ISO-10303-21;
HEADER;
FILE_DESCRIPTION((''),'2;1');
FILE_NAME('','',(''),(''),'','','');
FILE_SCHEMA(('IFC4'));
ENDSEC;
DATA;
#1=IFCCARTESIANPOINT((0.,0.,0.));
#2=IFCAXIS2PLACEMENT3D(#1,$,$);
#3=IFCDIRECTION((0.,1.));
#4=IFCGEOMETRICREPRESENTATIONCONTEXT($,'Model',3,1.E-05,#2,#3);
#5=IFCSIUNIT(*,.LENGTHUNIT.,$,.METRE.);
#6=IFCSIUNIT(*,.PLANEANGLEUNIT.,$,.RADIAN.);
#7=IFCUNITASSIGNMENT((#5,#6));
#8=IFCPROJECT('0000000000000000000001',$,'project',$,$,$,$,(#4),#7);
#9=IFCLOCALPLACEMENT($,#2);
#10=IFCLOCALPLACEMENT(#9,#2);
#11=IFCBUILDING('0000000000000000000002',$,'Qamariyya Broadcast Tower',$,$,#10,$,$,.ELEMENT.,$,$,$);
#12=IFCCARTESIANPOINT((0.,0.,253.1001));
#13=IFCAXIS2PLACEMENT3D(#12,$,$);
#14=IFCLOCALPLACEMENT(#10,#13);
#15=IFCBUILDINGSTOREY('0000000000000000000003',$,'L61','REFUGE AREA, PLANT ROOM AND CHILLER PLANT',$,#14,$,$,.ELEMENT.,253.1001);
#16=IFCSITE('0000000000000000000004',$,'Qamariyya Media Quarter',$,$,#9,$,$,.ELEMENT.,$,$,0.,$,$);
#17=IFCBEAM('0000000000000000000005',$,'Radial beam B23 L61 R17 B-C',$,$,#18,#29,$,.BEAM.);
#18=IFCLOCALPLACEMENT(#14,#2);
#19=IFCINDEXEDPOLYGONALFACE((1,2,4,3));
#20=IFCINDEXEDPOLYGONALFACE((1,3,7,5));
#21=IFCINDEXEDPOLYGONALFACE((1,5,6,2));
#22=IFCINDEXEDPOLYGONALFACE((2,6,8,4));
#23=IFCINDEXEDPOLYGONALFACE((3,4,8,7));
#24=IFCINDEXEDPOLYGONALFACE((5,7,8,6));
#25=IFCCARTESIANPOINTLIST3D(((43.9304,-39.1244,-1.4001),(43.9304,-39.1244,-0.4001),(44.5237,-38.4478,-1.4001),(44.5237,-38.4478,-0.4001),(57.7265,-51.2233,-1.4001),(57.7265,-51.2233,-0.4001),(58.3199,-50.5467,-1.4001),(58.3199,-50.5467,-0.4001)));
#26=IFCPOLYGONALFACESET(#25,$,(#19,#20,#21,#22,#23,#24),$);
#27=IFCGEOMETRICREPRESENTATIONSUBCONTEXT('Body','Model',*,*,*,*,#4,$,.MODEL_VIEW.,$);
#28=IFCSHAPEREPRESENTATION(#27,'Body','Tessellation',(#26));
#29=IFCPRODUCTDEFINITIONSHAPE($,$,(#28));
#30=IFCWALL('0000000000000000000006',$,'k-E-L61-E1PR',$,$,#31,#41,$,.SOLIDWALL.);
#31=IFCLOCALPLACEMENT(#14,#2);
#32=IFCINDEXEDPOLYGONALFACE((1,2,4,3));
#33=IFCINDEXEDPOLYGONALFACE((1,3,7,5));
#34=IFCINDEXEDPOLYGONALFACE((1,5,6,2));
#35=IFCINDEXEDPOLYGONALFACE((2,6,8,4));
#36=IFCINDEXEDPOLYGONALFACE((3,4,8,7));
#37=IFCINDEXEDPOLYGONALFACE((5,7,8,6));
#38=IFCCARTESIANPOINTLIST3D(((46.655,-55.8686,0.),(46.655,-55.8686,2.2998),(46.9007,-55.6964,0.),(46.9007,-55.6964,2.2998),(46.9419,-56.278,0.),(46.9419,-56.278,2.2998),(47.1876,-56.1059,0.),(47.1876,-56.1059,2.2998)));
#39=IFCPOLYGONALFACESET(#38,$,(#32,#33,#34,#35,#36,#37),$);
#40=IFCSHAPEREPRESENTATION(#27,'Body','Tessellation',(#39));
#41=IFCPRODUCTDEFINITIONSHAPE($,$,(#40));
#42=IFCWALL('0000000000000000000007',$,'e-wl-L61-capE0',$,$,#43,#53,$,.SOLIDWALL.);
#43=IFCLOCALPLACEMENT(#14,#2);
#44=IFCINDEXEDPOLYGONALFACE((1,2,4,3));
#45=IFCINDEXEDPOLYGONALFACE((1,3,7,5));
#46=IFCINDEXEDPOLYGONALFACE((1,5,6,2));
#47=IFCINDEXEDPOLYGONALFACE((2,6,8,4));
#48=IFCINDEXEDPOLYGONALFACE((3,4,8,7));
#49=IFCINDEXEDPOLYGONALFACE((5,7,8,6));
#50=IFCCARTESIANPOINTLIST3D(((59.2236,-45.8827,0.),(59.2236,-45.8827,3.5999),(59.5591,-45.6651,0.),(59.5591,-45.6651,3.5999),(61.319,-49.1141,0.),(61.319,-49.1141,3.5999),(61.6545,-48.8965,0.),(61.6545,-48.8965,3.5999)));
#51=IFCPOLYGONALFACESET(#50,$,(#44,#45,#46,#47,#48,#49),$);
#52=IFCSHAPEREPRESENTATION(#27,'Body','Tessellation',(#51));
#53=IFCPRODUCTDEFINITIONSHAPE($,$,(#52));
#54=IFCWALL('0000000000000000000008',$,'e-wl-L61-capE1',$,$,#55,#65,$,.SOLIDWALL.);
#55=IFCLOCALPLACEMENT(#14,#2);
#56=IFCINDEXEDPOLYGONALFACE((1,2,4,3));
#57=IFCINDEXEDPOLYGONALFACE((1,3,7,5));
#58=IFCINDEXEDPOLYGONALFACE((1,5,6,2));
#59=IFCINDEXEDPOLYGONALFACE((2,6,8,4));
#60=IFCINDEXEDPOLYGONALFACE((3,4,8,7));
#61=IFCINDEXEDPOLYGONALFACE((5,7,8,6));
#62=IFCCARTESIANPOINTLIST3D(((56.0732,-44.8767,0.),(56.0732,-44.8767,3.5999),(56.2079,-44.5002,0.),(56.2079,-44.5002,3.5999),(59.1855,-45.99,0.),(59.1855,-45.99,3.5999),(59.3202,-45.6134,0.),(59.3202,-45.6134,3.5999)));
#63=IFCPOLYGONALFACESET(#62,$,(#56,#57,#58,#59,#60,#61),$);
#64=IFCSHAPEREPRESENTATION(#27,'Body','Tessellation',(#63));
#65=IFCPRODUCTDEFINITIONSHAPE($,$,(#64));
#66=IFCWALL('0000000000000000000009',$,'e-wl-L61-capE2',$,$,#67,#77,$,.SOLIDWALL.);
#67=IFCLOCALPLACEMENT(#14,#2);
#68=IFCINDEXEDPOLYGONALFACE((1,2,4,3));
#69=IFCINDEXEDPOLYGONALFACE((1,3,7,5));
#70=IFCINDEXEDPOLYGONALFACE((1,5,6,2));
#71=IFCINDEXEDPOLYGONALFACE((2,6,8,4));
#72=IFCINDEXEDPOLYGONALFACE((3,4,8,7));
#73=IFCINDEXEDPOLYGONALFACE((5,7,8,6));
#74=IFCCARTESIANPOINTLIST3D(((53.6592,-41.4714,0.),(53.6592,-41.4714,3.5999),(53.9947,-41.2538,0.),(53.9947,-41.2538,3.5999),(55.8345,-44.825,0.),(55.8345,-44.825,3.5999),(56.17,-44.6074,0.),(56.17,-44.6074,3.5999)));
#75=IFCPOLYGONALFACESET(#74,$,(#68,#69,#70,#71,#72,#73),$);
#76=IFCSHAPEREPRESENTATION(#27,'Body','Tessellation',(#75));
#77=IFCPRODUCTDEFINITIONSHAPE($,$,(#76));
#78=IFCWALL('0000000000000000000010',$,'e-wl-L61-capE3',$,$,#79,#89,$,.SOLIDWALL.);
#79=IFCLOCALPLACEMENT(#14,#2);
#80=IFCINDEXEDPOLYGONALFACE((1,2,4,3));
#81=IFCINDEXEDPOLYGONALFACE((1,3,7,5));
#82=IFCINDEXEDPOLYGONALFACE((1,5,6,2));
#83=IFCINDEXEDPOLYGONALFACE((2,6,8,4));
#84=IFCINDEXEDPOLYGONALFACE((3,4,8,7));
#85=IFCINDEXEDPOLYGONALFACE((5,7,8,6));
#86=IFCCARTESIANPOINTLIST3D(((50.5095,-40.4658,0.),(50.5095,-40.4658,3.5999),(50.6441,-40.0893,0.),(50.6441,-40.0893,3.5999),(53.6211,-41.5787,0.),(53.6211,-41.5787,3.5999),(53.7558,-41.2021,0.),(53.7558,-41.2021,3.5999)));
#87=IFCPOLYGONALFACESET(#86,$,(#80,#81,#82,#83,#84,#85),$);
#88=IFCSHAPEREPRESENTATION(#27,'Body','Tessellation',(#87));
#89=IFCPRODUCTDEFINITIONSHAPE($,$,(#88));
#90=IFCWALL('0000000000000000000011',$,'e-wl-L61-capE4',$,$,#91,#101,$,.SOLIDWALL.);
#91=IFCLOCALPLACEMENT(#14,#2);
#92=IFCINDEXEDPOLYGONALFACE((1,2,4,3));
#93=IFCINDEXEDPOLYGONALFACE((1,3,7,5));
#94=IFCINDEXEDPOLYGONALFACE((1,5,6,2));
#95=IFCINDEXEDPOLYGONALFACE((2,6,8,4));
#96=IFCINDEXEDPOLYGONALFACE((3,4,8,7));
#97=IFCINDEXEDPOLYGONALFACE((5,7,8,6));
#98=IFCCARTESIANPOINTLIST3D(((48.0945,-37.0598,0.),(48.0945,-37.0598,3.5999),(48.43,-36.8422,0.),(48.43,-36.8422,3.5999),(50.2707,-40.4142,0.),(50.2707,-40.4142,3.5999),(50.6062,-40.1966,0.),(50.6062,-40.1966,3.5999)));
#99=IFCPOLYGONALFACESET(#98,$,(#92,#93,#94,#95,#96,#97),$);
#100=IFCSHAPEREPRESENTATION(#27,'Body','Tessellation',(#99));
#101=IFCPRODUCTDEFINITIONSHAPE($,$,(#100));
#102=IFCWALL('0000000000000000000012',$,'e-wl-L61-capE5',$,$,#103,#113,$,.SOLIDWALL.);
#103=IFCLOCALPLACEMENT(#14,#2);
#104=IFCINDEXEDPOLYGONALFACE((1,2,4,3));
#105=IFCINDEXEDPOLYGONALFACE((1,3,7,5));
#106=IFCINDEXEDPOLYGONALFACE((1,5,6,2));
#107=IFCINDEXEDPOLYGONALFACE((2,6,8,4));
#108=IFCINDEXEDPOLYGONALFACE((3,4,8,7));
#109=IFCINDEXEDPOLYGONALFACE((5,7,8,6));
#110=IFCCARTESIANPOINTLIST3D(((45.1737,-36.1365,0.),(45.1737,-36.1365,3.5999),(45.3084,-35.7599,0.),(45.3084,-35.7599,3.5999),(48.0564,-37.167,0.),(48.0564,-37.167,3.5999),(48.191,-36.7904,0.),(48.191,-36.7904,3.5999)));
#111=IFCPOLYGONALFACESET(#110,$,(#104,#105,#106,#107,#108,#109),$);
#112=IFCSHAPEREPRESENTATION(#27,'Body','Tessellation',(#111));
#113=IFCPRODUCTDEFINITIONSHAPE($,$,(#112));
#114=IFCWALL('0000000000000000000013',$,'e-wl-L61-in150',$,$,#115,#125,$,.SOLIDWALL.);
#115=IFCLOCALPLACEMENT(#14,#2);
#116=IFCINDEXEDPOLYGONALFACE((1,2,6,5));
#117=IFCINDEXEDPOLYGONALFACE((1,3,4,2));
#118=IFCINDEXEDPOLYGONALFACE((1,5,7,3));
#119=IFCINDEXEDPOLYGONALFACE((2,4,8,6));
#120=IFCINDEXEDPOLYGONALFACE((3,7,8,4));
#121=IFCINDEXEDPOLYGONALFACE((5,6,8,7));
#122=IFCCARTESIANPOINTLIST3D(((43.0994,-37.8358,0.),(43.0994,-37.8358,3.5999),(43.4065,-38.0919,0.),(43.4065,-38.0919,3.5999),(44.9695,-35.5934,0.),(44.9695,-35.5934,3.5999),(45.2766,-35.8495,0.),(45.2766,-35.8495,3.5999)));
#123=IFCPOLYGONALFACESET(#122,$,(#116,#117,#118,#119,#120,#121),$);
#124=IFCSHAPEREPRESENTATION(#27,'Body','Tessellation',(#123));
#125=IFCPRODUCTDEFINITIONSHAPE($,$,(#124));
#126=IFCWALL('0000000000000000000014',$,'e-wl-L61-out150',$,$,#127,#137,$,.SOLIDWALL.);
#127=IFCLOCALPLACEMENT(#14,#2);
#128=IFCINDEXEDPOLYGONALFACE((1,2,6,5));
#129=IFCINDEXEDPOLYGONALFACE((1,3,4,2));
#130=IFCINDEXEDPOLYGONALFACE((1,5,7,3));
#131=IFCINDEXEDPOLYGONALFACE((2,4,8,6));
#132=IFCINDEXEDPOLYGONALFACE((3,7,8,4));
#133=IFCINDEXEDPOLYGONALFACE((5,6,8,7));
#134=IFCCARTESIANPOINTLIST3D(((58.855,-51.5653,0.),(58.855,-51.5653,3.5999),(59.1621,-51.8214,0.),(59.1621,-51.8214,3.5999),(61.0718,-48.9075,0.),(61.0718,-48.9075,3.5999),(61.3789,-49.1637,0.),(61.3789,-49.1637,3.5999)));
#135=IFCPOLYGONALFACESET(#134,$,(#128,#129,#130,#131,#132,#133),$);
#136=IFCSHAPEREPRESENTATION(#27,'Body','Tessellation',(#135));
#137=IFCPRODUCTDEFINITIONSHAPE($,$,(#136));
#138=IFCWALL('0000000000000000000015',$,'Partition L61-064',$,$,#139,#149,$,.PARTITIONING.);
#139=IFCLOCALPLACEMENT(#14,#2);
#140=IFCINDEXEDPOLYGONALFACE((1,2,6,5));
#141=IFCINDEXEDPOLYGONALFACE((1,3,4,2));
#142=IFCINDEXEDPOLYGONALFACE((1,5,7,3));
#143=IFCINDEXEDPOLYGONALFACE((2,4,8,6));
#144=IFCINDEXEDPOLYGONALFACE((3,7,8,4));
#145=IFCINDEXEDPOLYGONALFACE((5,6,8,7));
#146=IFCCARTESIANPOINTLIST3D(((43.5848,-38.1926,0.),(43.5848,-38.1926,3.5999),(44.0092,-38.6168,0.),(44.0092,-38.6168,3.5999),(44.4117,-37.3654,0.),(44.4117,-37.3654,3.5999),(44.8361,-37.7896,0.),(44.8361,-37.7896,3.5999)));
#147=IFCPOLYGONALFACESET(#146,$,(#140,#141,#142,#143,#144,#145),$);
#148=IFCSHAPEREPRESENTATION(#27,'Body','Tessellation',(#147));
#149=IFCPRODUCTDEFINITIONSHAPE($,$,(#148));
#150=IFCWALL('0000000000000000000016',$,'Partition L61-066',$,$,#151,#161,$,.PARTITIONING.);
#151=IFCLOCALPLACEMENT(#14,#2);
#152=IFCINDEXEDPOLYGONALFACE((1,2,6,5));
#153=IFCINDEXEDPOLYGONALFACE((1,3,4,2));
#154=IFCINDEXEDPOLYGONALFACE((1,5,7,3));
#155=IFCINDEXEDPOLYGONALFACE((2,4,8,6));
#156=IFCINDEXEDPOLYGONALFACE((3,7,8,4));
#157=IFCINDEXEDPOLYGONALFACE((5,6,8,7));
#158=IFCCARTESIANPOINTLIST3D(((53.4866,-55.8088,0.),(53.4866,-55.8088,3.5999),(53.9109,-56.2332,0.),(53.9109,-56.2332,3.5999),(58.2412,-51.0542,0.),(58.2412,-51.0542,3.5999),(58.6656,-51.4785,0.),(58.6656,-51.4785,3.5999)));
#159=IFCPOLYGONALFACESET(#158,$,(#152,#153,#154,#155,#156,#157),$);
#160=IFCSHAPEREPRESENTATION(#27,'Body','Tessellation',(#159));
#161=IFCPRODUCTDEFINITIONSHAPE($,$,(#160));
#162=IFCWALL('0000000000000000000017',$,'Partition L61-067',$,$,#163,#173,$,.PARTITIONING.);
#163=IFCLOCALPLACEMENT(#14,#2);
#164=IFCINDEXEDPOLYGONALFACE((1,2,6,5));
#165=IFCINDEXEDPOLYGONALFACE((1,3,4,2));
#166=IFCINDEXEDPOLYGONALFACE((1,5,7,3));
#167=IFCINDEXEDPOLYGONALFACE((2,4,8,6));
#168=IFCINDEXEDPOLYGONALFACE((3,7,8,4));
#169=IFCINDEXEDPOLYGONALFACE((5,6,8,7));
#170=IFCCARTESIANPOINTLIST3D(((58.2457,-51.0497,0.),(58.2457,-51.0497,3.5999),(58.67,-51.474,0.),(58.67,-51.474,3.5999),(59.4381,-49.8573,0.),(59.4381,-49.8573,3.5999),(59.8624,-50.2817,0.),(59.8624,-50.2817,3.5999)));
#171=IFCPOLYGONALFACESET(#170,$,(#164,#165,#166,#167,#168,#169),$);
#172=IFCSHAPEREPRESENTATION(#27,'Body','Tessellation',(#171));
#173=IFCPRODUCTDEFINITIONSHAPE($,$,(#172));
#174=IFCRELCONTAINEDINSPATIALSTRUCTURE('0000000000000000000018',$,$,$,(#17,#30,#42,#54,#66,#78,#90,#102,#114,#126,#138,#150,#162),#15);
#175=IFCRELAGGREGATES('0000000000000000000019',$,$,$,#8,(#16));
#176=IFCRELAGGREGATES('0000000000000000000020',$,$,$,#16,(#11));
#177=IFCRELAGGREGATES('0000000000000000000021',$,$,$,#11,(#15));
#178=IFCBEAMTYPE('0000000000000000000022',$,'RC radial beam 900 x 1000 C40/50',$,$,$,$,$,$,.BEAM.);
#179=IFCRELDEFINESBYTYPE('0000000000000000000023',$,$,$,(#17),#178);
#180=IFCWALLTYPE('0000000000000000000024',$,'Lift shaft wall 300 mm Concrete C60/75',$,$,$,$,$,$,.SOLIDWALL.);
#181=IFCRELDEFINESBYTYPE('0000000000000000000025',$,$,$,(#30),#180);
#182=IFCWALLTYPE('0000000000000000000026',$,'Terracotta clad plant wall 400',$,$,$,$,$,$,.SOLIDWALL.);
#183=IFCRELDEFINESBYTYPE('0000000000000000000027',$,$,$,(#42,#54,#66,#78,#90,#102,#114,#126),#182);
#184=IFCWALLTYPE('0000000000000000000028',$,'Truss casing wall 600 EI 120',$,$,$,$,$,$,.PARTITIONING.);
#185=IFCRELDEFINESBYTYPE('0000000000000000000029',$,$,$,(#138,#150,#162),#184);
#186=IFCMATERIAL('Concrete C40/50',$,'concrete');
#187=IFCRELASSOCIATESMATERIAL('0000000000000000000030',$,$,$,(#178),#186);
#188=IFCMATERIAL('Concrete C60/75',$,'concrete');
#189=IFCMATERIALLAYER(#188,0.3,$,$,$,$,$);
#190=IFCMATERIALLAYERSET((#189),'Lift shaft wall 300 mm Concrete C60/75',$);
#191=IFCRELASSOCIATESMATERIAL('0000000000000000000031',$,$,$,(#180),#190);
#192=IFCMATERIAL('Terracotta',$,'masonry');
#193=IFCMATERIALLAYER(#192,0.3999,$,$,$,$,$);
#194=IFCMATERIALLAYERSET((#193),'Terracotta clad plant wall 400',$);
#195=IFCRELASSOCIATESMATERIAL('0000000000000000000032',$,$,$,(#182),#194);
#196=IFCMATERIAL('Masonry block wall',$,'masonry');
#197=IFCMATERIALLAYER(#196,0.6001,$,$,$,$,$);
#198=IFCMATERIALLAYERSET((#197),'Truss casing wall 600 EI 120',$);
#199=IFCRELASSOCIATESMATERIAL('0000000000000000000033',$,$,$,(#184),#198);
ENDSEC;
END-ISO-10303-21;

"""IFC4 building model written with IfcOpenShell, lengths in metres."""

from ifc_helpers import new_model, si_unit, direction, frame, frame_2d, origin, origin_2d, place, context, subcontext, project, spatial, rectangle, extrude, material, layer, layer_set, material_profile, profile_set, type_object, element, save


model = new_model("IFC4")

# Units and contexts
model_context = context("Model", 3, precision=1e-05, world=origin(), true_north=direction((0.0, 1.0)))
body_context = subcontext(model_context, "Body", "Model", "MODEL_VIEW")
ifc_project = project(units=[si_unit("LENGTHUNIT", "METRE"), si_unit("PLANEANGLEUNIT", "RADIAN")], contexts=[model_context])

# Site, building, storey
site_placement = place(None, origin())
site = spatial("IfcSite", under=ifc_project, at=site_placement, Name="Qamariyya Media Quarter", CompositionType="ELEMENT", RefElevation=0.0)
building_placement = place(site_placement, origin())
building = spatial("IfcBuilding", under=site, at=building_placement, Name="Qamariyya Broadcast Tower", CompositionType="ELEMENT")
storey_placement = place(building_placement, frame((0.0, 0.0, 253.1001)))
storey = spatial("IfcBuildingStorey", under=building, at=storey_placement, Name="L61", Description="REFUGE AREA, PLANT ROOM AND CHILLER PLANT", CompositionType="ELEMENT", Elevation=253.1001)

# Shared definitions
ifc_material_1 = material(Name="Concrete C60/75", Category="concrete")

# Beam
ifc_material_2 = material(Name="Concrete C40/50", Category="concrete")
ifc_material_profile_1 = material_profile(ifc_material_2, rectangle(XDim=0.8999, YDim=1.0, at=origin_2d()))
ifc_profile_set_1 = profile_set([ifc_material_profile_1], Name="Concrete C40/50")
beam_type_1 = type_object("IfcBeamType", Name="RC radial beam 900 x 1000 C40/50", PredefinedType="BEAM", material=ifc_profile_set_1)
beam_1_placement = place(storey_placement, frame((44.2271, -38.7861, -0.9001), z_axis=(0.75184, -0.659345, 0.0), x_axis=(0.659345, 0.75184, 0.0)))
element("IfcBeam", 1, at=beam_1_placement, inside=storey, type_object=beam_type_1, Name="Radial beam B23 L61 R17 B-C", PredefinedType="BEAM", context=body_context, shape_type="SweptSolid", body=[
    extrude(rectangle(XDim=0.8999, YDim=1.0, at=origin_2d()), origin(), (0.0, 0.0, 1.0), 18.3499),
])

# Walls
ifc_layer_1 = layer(ifc_material_1, 0.3)
ifc_layer_set_1 = layer_set([ifc_layer_1], Name="Lift shaft wall 300 mm Concrete C60/75")
wall_type_1 = type_object("IfcWallType", Name="Lift shaft wall 300 mm Concrete C60/75", PredefinedType="SOLIDWALL", material=ifc_layer_set_1)
wall_1_placement = place(storey_placement, frame((46.7778, -55.7825, 0.0), z_axis=(0.0, 0.0, 1.0), x_axis=(0.573823, -0.818979, 0.0)))
element("IfcWall", 2, at=wall_1_placement, inside=storey, type_object=wall_type_1, Name="k-E-L61-E1PR", PredefinedType="SOLIDWALL", context=body_context, shape_type="SweptSolid", body=[
    extrude(rectangle(XDim=0.5, YDim=0.3, at=frame_2d((0.25, 0.0))), origin(), (0.0, 0.0, 1.0), 2.2998),
])
ifc_material_3 = material(Name="Terracotta", Category="masonry")
ifc_layer_2 = layer(ifc_material_3, 0.3999)
ifc_layer_set_2 = layer_set([ifc_layer_2], Name="Terracotta clad plant wall 400")
wall_type_2 = type_object("IfcWallType", Name="Terracotta clad plant wall 400", PredefinedType="SOLIDWALL", material=ifc_layer_set_2)
wall_2_placement = place(storey_placement, frame((61.4868, -49.0054, 0.0), z_axis=(0.0, 0.0, 1.0), x_axis=(-0.544079, 0.839034, 0.0)))
element("IfcWall", 3, at=wall_2_placement, inside=storey, type_object=wall_type_2, Name="e-wl-L61-capE0", PredefinedType="SOLIDWALL", context=body_context, shape_type="SweptSolid", body=[
    extrude(rectangle(XDim=3.8513, YDim=0.3999, at=frame_2d((1.9258, 0.0))), origin(), (0.0, 0.0, 1.0), 3.5999),
])
wall_3_placement = place(storey_placement, frame((59.2529, -45.8018, 0.0), z_axis=(0.0, 0.0, 1.0), x_axis=(-0.941575, 0.336804, 0.0)))
element("IfcWall", 4, at=wall_3_placement, inside=storey, type_object=wall_type_2, Name="e-wl-L61-capE1", PredefinedType="SOLIDWALL", context=body_context, shape_type="SweptSolid", body=[
    extrude(rectangle(XDim=3.3054, YDim=0.3999, at=frame_2d((1.6528, 0.0))), origin(), (0.0, 0.0, 1.0), 3.5999),
])
wall_4_placement = place(storey_placement, frame((56.0022, -44.7161, 0.0), z_axis=(0.0, 0.0, 1.0), x_axis=(-0.544198, 0.838957, 0.0)))
element("IfcWall", 5, at=wall_4_placement, inside=storey, type_object=wall_type_2, Name="e-wl-L61-capE2", PredefinedType="SOLIDWALL", context=body_context, shape_type="SweptSolid", body=[
    extrude(rectangle(XDim=3.9973, YDim=0.3999, at=frame_2d((1.9985, 0.0))), origin(), (0.0, 0.0, 1.0), 3.5999),
])
wall_5_placement = place(storey_placement, frame((53.6885, -41.3904, 0.0), z_axis=(0.0, 0.0, 1.0), x_axis=(-0.941596, 0.336744, 0.0)))
element("IfcWall", 6, at=wall_5_placement, inside=storey, type_object=wall_type_2, Name="e-wl-L61-capE3", PredefinedType="SOLIDWALL", context=body_context, shape_type="SweptSolid", body=[
    extrude(rectangle(XDim=3.3047, YDim=0.3999, at=frame_2d((1.6523, 0.0))), origin(), (0.0, 0.0, 1.0), 3.5999),
])
wall_6_placement = place(storey_placement, frame((50.4385, -40.3054, 0.0), z_axis=(0.0, 0.0, 1.0), x_axis=(-0.544258, 0.838918, 0.0)))
element("IfcWall", 7, at=wall_6_placement, inside=storey, type_object=wall_type_2, Name="e-wl-L61-capE4", PredefinedType="SOLIDWALL", context=body_context, shape_type="SweptSolid", body=[
    extrude(rectangle(XDim=3.9985, YDim=0.3999, at=frame_2d((1.9993, 0.0))), origin(), (0.0, 0.0, 1.0), 3.5999),
])
wall_7_placement = place(storey_placement, frame((48.1238, -36.9788, 0.0), z_axis=(0.0, 0.0, 1.0), x_axis=(-0.941635, 0.336634, 0.0)))
element("IfcWall", 8, at=wall_7_placement, inside=storey, type_object=wall_type_2, Name="e-wl-L61-capE5", PredefinedType="SOLIDWALL", context=body_context, shape_type="SweptSolid", body=[
    extrude(rectangle(XDim=3.0613, YDim=0.3999, at=frame_2d((1.5308, 0.0))), origin(), (0.0, 0.0, 1.0), 3.5999),
])
wall_8_placement = place(storey_placement, frame((45.123, -35.7214, 0.0), z_axis=(0.0, 0.0, 1.0), x_axis=(-0.640472, -0.767981, 0.0)))
element("IfcWall", 9, at=wall_8_placement, inside=storey, type_object=wall_type_2, Name="e-wl-L61-in150", PredefinedType="SOLIDWALL", context=body_context, shape_type="SweptSolid", body=[
    extrude(rectangle(XDim=2.9199, YDim=0.3999, at=frame_2d((1.46, 0.0))), origin(), (0.0, 0.0, 1.0), 3.5999),
])
wall_9_placement = place(storey_placement, frame((59.0085, -51.6934, 0.0), z_axis=(0.0, 0.0, 1.0), x_axis=(0.640531, 0.767932, 0.0)))
element("IfcWall", 10, at=wall_9_placement, inside=storey, type_object=wall_type_2, Name="e-wl-L61-out150", PredefinedType="SOLIDWALL", context=body_context, shape_type="SweptSolid", body=[
    extrude(rectangle(XDim=3.4609, YDim=0.3999, at=frame_2d((1.7305, 0.0))), origin(), (0.0, 0.0, 1.0), 3.5999),
])
ifc_material_4 = material(Name="Masonry block wall", Category="masonry")
ifc_layer_3 = layer(ifc_material_4, 0.6001)
ifc_layer_set_3 = layer_set([ifc_layer_3], Name="Truss casing wall 600 EI 120")
wall_type_3 = type_object("IfcWallType", Name="Truss casing wall 600 EI 120", PredefinedType="PARTITIONING", material=ifc_layer_set_3)
wall_10_placement = place(storey_placement, frame((43.7969, -38.4048, 0.0), z_axis=(0.0, 0.0, 1.0), x_axis=(0.707002, 0.707211, 0.0)))
element("IfcWall", 11, at=wall_10_placement, inside=storey, type_object=wall_type_3, Name="Partition L61-064", PredefinedType="PARTITIONING", context=body_context, shape_type="SweptSolid", body=[
    extrude(rectangle(XDim=1.1697, YDim=0.6001, at=frame_2d((0.585, 0.0))), origin(), (0.0, 0.0, 1.0), 3.5999),
])
wall_11_placement = place(storey_placement, frame((53.6987, -56.021, 0.0), z_axis=(0.0, 0.0, 1.0), x_axis=(0.707107, 0.707107, 0.0)))
element("IfcWall", 12, at=wall_11_placement, inside=storey, type_object=wall_type_3, Name="Partition L61-066", PredefinedType="PARTITIONING", context=body_context, shape_type="SweptSolid", body=[
    extrude(rectangle(XDim=6.7241, YDim=0.6001, at=frame_2d((3.3621, 0.0))), origin(), (0.0, 0.0, 1.0), 3.5999),
])
wall_12_placement = place(storey_placement, frame((58.4578, -51.262, 0.0), z_axis=(0.0, 0.0, 1.0), x_axis=(0.707107, 0.707107, 0.0)))
element("IfcWall", 13, at=wall_12_placement, inside=storey, type_object=wall_type_3, Name="Partition L61-067", PredefinedType="PARTITIONING", context=body_context, shape_type="SweptSolid", body=[
    extrude(rectangle(XDim=1.6863, YDim=0.6001, at=frame_2d((0.8433, 0.0))), origin(), (0.0, 0.0, 1.0), 3.5999),
])

save(model, "model.ifc")
